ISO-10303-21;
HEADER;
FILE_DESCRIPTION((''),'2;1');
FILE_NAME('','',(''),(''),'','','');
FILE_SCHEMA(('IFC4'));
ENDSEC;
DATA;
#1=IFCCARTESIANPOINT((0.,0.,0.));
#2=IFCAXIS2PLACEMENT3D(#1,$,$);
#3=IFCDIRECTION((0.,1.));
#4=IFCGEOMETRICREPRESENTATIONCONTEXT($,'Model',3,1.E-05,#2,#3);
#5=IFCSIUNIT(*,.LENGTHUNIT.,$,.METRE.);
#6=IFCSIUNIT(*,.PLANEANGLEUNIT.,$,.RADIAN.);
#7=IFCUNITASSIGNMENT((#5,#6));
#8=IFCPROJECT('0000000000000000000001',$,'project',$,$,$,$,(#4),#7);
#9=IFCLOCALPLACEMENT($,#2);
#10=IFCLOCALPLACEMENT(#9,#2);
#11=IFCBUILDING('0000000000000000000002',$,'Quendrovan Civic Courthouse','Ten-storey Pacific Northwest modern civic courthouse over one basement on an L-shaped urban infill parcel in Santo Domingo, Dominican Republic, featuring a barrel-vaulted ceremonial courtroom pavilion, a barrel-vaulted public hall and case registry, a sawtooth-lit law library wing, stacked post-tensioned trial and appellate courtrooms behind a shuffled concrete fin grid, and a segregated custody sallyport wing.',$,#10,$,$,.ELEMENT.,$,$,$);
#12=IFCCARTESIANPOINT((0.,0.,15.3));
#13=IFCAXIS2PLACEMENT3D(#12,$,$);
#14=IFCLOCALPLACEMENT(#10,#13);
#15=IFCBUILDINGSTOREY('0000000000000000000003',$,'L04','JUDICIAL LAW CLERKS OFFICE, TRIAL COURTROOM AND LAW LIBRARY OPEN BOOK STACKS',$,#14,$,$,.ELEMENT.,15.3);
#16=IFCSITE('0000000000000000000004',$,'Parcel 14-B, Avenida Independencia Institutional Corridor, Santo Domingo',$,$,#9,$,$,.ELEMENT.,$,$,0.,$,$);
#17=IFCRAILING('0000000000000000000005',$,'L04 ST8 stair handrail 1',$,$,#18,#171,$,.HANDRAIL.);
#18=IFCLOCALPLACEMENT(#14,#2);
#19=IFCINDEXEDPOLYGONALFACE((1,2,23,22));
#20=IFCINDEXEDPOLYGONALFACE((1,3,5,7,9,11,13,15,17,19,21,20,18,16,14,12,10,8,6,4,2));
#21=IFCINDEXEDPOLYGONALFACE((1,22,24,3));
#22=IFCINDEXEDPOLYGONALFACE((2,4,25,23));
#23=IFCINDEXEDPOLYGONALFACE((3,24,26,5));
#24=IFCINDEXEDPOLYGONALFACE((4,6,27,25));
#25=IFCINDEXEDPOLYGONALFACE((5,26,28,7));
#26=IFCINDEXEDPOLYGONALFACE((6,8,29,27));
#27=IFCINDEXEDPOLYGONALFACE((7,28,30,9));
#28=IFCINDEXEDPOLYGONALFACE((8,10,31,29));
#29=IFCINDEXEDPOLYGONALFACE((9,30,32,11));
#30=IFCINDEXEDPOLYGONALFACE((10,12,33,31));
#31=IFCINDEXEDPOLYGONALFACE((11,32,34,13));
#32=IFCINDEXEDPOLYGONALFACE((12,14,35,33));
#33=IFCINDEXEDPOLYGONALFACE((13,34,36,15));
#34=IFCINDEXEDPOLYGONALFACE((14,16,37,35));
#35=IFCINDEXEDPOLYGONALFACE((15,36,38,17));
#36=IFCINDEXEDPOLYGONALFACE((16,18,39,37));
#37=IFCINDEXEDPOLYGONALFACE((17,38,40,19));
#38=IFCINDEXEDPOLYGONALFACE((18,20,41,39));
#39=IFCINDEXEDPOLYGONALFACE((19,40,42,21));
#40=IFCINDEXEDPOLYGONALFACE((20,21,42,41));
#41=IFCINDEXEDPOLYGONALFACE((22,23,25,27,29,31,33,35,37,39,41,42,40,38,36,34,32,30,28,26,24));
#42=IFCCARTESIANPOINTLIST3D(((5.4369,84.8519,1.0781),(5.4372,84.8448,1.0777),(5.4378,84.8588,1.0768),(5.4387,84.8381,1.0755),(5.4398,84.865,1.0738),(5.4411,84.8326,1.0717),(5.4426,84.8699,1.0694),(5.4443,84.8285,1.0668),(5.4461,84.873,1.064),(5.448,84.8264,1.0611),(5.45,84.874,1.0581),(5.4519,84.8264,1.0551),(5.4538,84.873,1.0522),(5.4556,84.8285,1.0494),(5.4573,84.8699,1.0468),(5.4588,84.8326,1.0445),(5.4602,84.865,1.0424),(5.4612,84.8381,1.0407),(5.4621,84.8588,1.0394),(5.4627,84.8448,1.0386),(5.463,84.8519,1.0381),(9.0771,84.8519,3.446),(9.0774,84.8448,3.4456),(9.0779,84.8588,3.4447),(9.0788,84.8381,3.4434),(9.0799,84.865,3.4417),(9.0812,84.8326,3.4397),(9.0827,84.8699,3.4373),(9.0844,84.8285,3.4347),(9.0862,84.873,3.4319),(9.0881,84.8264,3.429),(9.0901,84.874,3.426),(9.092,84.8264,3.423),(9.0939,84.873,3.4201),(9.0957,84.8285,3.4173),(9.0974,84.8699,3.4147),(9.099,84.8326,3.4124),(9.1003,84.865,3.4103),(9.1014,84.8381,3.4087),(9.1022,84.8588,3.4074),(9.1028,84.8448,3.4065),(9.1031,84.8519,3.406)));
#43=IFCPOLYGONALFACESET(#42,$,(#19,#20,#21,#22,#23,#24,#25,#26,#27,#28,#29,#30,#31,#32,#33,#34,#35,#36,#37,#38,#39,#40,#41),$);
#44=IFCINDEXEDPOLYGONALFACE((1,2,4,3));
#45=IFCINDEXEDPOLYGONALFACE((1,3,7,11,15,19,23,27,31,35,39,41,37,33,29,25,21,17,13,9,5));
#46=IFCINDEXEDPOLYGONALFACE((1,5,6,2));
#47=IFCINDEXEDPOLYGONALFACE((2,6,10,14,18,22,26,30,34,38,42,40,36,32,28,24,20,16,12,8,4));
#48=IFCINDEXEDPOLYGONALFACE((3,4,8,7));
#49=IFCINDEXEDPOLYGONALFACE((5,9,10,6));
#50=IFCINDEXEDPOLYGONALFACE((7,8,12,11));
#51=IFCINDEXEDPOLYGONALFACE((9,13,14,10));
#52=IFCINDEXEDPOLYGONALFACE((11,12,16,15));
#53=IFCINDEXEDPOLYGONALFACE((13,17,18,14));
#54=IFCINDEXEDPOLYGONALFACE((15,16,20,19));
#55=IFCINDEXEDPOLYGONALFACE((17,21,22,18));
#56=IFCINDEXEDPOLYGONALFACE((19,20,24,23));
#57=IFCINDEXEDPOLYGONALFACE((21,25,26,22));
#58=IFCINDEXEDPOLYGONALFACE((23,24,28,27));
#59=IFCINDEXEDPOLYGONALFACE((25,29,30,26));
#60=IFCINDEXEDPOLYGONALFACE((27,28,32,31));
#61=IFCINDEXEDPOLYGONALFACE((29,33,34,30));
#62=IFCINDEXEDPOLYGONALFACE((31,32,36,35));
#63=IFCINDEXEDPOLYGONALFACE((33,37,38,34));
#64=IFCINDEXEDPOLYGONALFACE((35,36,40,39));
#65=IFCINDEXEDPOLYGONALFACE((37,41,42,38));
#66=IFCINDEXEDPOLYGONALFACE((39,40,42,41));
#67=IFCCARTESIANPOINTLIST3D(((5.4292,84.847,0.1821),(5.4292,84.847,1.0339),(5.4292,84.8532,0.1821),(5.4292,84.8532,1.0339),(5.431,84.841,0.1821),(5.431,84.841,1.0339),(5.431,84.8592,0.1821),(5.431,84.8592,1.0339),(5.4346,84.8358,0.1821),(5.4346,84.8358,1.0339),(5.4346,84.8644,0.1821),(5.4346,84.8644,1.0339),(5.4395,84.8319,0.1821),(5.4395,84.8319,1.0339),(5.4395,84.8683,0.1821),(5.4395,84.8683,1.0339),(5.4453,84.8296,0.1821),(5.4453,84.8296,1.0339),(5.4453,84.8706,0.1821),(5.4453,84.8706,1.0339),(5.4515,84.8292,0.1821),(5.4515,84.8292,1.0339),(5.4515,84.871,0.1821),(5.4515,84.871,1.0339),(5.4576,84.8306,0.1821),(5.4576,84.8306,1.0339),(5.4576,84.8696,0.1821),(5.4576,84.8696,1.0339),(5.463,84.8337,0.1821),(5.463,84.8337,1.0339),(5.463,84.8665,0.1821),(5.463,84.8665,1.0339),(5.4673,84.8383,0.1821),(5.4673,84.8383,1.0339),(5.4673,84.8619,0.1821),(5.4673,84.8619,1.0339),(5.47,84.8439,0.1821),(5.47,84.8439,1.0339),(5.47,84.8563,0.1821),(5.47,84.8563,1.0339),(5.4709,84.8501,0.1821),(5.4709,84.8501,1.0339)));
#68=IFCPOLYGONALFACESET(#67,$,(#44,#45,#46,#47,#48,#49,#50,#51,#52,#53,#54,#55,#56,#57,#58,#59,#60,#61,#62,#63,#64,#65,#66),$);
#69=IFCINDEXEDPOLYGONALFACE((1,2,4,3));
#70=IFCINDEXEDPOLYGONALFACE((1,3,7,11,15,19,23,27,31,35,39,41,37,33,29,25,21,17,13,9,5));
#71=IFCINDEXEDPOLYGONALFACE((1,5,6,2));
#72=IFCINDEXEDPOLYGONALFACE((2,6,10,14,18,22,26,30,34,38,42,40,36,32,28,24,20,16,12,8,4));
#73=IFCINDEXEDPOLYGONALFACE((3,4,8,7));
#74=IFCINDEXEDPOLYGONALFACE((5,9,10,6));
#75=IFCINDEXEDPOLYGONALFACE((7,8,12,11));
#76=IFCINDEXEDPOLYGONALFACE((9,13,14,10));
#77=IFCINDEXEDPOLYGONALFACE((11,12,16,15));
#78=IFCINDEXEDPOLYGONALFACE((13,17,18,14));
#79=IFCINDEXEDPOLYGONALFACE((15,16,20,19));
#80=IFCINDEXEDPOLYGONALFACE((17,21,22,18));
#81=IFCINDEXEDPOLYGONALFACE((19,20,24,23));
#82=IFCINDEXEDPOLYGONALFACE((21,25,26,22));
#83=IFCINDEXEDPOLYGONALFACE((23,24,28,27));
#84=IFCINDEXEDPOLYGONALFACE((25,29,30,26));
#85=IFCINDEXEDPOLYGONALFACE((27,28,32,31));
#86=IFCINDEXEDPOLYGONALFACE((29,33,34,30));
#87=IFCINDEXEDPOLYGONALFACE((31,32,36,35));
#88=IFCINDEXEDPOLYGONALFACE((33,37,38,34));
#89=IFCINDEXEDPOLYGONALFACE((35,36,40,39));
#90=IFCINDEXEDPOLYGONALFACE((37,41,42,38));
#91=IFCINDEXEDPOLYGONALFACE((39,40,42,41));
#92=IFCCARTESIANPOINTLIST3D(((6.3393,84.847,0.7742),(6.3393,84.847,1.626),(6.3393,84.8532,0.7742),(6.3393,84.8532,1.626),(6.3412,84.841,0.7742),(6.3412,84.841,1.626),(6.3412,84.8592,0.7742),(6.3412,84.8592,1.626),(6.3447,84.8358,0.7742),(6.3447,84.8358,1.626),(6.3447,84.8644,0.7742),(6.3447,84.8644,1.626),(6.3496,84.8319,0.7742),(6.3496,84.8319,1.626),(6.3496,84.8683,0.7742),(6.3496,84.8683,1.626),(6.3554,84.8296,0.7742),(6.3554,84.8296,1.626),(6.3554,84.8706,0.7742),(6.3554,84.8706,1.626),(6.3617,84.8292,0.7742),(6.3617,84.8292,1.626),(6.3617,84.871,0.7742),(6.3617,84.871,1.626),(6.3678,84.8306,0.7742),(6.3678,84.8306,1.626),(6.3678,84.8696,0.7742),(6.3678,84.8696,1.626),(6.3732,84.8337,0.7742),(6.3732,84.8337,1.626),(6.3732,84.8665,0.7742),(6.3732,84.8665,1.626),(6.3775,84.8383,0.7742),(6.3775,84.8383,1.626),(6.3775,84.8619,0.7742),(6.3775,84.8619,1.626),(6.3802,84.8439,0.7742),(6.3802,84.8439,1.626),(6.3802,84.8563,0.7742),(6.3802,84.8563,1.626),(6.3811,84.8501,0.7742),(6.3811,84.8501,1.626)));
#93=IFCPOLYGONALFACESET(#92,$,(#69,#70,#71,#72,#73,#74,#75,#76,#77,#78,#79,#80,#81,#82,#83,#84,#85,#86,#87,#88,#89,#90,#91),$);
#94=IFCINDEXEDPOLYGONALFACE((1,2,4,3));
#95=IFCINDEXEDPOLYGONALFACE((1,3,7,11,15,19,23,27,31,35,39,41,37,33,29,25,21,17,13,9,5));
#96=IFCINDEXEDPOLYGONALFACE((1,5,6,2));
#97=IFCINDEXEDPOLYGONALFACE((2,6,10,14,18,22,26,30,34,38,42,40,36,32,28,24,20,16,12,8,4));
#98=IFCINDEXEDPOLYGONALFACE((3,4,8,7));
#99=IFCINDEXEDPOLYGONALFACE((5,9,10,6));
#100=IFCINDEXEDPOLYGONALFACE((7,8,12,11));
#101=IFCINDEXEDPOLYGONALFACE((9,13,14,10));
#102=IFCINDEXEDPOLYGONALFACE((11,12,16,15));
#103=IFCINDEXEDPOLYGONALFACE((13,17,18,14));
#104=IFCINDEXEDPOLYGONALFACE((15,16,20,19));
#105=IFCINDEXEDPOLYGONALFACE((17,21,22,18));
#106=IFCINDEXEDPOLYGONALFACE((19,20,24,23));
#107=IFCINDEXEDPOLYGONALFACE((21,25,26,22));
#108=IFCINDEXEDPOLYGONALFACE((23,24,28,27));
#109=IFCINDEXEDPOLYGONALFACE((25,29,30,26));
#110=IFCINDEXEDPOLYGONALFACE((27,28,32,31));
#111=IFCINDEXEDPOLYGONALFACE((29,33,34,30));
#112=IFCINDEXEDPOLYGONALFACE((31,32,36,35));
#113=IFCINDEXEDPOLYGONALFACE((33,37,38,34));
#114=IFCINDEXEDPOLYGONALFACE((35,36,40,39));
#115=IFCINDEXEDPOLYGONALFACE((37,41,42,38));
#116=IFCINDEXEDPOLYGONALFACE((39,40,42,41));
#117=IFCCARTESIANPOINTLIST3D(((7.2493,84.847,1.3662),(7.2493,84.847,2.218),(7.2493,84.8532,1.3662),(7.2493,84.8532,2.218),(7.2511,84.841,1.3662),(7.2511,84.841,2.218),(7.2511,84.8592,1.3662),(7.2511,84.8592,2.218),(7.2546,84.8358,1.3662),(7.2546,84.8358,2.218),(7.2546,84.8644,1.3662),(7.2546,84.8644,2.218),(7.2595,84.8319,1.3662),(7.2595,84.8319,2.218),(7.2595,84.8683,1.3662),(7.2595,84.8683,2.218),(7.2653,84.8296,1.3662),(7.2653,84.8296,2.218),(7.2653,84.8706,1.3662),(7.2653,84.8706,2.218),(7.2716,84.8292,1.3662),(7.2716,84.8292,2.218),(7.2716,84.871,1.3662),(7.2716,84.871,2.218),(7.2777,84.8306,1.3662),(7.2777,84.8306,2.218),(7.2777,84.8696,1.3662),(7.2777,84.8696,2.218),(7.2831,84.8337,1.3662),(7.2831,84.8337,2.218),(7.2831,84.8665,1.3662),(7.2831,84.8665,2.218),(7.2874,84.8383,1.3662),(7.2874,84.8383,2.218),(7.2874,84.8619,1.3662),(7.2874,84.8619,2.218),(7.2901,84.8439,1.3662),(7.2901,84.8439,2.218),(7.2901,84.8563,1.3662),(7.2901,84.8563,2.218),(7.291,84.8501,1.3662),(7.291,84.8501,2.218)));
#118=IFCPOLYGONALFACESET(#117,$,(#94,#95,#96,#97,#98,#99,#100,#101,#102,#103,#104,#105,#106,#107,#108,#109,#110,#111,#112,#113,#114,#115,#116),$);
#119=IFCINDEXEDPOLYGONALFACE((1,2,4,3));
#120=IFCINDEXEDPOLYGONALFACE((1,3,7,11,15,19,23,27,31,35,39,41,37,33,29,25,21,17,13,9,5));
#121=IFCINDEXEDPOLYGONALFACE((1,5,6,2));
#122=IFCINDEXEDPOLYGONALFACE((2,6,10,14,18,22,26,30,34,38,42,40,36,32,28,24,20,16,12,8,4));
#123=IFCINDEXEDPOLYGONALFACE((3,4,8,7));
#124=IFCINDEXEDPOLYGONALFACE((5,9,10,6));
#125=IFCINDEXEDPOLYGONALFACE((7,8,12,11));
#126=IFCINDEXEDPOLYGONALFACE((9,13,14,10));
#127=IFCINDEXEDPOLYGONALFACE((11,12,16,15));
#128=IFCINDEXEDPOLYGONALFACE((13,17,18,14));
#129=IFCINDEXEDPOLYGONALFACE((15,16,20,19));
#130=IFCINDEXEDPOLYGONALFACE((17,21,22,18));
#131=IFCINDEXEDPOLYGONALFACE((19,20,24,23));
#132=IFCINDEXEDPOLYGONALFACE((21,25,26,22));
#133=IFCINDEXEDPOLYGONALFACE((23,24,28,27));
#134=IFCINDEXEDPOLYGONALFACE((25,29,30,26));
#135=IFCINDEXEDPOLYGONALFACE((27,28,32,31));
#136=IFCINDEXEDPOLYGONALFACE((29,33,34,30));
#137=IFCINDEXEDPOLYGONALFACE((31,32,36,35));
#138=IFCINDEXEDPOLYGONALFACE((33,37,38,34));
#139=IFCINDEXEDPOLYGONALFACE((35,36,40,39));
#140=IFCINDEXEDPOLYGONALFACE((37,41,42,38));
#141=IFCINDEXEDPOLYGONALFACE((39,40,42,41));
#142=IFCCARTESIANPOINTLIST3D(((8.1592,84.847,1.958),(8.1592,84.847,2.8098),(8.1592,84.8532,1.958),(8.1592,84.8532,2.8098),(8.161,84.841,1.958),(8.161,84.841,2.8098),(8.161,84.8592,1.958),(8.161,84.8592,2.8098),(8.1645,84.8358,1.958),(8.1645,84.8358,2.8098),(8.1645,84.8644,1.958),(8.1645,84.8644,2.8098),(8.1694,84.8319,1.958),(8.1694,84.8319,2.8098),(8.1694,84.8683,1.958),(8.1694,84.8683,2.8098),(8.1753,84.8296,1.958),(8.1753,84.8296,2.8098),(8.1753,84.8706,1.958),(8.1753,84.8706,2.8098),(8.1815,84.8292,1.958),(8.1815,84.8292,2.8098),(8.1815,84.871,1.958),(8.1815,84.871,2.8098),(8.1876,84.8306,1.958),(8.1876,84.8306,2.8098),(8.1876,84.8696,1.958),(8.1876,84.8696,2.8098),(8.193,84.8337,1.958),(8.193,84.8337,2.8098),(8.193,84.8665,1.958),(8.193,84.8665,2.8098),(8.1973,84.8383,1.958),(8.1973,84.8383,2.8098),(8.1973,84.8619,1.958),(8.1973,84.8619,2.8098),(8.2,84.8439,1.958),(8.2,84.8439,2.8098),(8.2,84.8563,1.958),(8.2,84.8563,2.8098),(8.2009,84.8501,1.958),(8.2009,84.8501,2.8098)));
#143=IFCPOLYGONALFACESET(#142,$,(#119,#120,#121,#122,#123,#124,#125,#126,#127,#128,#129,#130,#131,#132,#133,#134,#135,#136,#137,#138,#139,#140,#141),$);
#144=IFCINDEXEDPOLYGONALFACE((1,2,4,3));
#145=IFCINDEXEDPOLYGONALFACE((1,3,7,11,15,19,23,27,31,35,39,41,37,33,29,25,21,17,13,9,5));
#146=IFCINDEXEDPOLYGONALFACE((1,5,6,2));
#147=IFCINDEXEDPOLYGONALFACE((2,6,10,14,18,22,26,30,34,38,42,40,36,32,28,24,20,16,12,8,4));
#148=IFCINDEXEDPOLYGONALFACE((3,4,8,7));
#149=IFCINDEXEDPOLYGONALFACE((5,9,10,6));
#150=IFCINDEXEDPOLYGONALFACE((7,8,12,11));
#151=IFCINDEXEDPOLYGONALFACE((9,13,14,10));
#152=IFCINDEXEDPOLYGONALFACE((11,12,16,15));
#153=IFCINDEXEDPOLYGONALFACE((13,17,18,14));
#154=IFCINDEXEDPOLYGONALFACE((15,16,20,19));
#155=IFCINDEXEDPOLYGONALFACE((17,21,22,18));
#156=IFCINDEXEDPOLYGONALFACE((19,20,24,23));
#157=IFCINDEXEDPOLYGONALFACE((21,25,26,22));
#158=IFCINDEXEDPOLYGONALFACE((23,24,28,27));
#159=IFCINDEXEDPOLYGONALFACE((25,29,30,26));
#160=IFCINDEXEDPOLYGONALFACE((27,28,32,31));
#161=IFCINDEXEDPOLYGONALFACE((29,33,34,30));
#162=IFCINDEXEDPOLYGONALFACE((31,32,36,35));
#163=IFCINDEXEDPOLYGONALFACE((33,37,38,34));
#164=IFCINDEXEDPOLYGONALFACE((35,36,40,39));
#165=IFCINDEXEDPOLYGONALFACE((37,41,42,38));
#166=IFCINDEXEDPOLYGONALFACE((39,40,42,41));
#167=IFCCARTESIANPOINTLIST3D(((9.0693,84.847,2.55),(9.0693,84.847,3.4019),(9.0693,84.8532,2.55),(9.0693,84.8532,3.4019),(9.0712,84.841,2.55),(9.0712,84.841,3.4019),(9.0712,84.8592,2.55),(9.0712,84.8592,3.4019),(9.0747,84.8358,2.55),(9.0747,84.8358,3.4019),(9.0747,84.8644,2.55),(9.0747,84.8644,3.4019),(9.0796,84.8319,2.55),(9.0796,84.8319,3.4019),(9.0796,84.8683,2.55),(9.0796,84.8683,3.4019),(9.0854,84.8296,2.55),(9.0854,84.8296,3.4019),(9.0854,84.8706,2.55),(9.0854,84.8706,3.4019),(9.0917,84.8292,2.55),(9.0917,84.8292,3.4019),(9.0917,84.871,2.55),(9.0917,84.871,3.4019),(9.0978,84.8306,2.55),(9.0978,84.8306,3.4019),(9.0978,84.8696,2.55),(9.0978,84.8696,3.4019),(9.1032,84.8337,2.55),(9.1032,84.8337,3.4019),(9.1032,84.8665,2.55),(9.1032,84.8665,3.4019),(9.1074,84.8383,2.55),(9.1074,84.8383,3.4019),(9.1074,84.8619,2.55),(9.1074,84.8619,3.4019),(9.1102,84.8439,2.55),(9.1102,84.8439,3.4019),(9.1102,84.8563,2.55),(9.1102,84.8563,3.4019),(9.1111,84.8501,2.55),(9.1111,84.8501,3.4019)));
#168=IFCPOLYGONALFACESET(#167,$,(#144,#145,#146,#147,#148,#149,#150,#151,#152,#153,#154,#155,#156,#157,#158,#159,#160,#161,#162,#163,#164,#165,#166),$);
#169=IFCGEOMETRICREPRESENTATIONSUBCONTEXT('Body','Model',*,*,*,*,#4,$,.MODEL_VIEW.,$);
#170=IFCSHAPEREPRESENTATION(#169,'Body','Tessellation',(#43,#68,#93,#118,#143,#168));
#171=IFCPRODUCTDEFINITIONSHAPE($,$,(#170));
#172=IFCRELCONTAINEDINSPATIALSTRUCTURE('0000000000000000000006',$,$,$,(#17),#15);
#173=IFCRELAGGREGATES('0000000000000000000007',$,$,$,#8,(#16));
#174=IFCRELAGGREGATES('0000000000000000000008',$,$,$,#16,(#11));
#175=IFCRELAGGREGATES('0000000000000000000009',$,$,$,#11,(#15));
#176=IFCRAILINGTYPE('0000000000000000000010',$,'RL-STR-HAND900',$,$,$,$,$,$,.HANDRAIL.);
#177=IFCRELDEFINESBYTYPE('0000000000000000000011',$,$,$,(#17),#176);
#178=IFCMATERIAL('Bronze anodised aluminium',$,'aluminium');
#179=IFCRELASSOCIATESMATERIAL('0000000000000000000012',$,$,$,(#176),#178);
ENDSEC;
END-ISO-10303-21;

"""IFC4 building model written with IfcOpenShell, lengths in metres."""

from ifc_helpers import new_model, si_unit, direction, frame, origin, origin_2d, place, context, subcontext, project, spatial, circle, extrude, material, type_object, element, save


model = new_model("IFC4")

# Units and contexts
model_context = context("Model", 3, precision=1e-05, world=origin(), true_north=direction((0.0, 1.0)))
body_context = subcontext(model_context, "Body", "Model", "MODEL_VIEW")
ifc_project = project(units=[si_unit("LENGTHUNIT", "METRE"), si_unit("PLANEANGLEUNIT", "RADIAN")], contexts=[model_context])

# Site, building, storey
site_placement = place(None, origin())
site = spatial("IfcSite", under=ifc_project, at=site_placement, Name="Parcel 14-B, Avenida Independencia Institutional Corridor, Santo Domingo", CompositionType="ELEMENT", RefElevation=0.0)
building_placement = place(site_placement, origin())
building = spatial("IfcBuilding", under=site, at=building_placement, Name="Quendrovan Civic Courthouse", Description="Ten-storey Pacific Northwest modern civic courthouse over one basement on an L-shaped urban infill parcel in Santo Domingo, Dominican Republic, featuring a barrel-vaulted ceremonial courtroom pavilion, a barrel-vaulted public hall and case registry, a sawtooth-lit law library wing, stacked post-tensioned trial and appellate courtrooms behind a shuffled concrete fin grid, and a segregated custody sallyport wing.", CompositionType="ELEMENT")
storey_placement = place(building_placement, frame((0.0, 0.0, 15.3)))
storey = spatial("IfcBuildingStorey", under=building, at=storey_placement, Name="L04", Description="JUDICIAL LAW CLERKS OFFICE, TRIAL COURTROOM AND LAW LIBRARY OPEN BOOK STACKS", CompositionType="ELEMENT", Elevation=15.3)

# Shared definitions
ifc_material_1 = material(Name="Bronze anodised aluminium", Category="aluminium")

# Railing
railing_type_1 = type_object("IfcRailingType", Name="RL-STR-HAND900", PredefinedType="HANDRAIL", material=ifc_material_1)
railing_1_placement = place(storey_placement, frame((5.45, 84.8501, 0.1821)))
element("IfcRailing", 1, at=railing_1_placement, inside=storey, type_object=railing_type_1, Name="L04 ST8 stair handrail 1", PredefinedType="HANDRAIL", context=body_context, shape_type="SweptSolid", body=[
    extrude(circle(Radius=0.0239, at=origin_2d()), frame((0.0, 0.0, 0.876), z_axis=(0.838251, 0.0, 0.545285), x_axis=(0.0, 1.0, 0.0)), (0.0, 0.0, 1.0), 4.3425),
    extrude(circle(Radius=0.021, at=origin_2d()), origin(), (0.0, 0.0, 1.0), 0.8518),
    extrude(circle(Radius=0.021, at=origin_2d()), frame((0.9102, 0.0, 0.592)), (0.0, 0.0, 1.0), 0.8518),
    extrude(circle(Radius=0.021, at=origin_2d()), frame((1.8201, 0.0, 1.1841)), (0.0, 0.0, 1.0), 0.8518),
    extrude(circle(Radius=0.021, at=origin_2d()), frame((2.73, 0.0, 1.7759)), (0.0, 0.0, 1.0), 0.8518),
    extrude(circle(Radius=0.021, at=origin_2d()), frame((3.6401, 0.0, 2.3679)), (0.0, 0.0, 1.0), 0.8518),
])

save(model, "model.ifc")
